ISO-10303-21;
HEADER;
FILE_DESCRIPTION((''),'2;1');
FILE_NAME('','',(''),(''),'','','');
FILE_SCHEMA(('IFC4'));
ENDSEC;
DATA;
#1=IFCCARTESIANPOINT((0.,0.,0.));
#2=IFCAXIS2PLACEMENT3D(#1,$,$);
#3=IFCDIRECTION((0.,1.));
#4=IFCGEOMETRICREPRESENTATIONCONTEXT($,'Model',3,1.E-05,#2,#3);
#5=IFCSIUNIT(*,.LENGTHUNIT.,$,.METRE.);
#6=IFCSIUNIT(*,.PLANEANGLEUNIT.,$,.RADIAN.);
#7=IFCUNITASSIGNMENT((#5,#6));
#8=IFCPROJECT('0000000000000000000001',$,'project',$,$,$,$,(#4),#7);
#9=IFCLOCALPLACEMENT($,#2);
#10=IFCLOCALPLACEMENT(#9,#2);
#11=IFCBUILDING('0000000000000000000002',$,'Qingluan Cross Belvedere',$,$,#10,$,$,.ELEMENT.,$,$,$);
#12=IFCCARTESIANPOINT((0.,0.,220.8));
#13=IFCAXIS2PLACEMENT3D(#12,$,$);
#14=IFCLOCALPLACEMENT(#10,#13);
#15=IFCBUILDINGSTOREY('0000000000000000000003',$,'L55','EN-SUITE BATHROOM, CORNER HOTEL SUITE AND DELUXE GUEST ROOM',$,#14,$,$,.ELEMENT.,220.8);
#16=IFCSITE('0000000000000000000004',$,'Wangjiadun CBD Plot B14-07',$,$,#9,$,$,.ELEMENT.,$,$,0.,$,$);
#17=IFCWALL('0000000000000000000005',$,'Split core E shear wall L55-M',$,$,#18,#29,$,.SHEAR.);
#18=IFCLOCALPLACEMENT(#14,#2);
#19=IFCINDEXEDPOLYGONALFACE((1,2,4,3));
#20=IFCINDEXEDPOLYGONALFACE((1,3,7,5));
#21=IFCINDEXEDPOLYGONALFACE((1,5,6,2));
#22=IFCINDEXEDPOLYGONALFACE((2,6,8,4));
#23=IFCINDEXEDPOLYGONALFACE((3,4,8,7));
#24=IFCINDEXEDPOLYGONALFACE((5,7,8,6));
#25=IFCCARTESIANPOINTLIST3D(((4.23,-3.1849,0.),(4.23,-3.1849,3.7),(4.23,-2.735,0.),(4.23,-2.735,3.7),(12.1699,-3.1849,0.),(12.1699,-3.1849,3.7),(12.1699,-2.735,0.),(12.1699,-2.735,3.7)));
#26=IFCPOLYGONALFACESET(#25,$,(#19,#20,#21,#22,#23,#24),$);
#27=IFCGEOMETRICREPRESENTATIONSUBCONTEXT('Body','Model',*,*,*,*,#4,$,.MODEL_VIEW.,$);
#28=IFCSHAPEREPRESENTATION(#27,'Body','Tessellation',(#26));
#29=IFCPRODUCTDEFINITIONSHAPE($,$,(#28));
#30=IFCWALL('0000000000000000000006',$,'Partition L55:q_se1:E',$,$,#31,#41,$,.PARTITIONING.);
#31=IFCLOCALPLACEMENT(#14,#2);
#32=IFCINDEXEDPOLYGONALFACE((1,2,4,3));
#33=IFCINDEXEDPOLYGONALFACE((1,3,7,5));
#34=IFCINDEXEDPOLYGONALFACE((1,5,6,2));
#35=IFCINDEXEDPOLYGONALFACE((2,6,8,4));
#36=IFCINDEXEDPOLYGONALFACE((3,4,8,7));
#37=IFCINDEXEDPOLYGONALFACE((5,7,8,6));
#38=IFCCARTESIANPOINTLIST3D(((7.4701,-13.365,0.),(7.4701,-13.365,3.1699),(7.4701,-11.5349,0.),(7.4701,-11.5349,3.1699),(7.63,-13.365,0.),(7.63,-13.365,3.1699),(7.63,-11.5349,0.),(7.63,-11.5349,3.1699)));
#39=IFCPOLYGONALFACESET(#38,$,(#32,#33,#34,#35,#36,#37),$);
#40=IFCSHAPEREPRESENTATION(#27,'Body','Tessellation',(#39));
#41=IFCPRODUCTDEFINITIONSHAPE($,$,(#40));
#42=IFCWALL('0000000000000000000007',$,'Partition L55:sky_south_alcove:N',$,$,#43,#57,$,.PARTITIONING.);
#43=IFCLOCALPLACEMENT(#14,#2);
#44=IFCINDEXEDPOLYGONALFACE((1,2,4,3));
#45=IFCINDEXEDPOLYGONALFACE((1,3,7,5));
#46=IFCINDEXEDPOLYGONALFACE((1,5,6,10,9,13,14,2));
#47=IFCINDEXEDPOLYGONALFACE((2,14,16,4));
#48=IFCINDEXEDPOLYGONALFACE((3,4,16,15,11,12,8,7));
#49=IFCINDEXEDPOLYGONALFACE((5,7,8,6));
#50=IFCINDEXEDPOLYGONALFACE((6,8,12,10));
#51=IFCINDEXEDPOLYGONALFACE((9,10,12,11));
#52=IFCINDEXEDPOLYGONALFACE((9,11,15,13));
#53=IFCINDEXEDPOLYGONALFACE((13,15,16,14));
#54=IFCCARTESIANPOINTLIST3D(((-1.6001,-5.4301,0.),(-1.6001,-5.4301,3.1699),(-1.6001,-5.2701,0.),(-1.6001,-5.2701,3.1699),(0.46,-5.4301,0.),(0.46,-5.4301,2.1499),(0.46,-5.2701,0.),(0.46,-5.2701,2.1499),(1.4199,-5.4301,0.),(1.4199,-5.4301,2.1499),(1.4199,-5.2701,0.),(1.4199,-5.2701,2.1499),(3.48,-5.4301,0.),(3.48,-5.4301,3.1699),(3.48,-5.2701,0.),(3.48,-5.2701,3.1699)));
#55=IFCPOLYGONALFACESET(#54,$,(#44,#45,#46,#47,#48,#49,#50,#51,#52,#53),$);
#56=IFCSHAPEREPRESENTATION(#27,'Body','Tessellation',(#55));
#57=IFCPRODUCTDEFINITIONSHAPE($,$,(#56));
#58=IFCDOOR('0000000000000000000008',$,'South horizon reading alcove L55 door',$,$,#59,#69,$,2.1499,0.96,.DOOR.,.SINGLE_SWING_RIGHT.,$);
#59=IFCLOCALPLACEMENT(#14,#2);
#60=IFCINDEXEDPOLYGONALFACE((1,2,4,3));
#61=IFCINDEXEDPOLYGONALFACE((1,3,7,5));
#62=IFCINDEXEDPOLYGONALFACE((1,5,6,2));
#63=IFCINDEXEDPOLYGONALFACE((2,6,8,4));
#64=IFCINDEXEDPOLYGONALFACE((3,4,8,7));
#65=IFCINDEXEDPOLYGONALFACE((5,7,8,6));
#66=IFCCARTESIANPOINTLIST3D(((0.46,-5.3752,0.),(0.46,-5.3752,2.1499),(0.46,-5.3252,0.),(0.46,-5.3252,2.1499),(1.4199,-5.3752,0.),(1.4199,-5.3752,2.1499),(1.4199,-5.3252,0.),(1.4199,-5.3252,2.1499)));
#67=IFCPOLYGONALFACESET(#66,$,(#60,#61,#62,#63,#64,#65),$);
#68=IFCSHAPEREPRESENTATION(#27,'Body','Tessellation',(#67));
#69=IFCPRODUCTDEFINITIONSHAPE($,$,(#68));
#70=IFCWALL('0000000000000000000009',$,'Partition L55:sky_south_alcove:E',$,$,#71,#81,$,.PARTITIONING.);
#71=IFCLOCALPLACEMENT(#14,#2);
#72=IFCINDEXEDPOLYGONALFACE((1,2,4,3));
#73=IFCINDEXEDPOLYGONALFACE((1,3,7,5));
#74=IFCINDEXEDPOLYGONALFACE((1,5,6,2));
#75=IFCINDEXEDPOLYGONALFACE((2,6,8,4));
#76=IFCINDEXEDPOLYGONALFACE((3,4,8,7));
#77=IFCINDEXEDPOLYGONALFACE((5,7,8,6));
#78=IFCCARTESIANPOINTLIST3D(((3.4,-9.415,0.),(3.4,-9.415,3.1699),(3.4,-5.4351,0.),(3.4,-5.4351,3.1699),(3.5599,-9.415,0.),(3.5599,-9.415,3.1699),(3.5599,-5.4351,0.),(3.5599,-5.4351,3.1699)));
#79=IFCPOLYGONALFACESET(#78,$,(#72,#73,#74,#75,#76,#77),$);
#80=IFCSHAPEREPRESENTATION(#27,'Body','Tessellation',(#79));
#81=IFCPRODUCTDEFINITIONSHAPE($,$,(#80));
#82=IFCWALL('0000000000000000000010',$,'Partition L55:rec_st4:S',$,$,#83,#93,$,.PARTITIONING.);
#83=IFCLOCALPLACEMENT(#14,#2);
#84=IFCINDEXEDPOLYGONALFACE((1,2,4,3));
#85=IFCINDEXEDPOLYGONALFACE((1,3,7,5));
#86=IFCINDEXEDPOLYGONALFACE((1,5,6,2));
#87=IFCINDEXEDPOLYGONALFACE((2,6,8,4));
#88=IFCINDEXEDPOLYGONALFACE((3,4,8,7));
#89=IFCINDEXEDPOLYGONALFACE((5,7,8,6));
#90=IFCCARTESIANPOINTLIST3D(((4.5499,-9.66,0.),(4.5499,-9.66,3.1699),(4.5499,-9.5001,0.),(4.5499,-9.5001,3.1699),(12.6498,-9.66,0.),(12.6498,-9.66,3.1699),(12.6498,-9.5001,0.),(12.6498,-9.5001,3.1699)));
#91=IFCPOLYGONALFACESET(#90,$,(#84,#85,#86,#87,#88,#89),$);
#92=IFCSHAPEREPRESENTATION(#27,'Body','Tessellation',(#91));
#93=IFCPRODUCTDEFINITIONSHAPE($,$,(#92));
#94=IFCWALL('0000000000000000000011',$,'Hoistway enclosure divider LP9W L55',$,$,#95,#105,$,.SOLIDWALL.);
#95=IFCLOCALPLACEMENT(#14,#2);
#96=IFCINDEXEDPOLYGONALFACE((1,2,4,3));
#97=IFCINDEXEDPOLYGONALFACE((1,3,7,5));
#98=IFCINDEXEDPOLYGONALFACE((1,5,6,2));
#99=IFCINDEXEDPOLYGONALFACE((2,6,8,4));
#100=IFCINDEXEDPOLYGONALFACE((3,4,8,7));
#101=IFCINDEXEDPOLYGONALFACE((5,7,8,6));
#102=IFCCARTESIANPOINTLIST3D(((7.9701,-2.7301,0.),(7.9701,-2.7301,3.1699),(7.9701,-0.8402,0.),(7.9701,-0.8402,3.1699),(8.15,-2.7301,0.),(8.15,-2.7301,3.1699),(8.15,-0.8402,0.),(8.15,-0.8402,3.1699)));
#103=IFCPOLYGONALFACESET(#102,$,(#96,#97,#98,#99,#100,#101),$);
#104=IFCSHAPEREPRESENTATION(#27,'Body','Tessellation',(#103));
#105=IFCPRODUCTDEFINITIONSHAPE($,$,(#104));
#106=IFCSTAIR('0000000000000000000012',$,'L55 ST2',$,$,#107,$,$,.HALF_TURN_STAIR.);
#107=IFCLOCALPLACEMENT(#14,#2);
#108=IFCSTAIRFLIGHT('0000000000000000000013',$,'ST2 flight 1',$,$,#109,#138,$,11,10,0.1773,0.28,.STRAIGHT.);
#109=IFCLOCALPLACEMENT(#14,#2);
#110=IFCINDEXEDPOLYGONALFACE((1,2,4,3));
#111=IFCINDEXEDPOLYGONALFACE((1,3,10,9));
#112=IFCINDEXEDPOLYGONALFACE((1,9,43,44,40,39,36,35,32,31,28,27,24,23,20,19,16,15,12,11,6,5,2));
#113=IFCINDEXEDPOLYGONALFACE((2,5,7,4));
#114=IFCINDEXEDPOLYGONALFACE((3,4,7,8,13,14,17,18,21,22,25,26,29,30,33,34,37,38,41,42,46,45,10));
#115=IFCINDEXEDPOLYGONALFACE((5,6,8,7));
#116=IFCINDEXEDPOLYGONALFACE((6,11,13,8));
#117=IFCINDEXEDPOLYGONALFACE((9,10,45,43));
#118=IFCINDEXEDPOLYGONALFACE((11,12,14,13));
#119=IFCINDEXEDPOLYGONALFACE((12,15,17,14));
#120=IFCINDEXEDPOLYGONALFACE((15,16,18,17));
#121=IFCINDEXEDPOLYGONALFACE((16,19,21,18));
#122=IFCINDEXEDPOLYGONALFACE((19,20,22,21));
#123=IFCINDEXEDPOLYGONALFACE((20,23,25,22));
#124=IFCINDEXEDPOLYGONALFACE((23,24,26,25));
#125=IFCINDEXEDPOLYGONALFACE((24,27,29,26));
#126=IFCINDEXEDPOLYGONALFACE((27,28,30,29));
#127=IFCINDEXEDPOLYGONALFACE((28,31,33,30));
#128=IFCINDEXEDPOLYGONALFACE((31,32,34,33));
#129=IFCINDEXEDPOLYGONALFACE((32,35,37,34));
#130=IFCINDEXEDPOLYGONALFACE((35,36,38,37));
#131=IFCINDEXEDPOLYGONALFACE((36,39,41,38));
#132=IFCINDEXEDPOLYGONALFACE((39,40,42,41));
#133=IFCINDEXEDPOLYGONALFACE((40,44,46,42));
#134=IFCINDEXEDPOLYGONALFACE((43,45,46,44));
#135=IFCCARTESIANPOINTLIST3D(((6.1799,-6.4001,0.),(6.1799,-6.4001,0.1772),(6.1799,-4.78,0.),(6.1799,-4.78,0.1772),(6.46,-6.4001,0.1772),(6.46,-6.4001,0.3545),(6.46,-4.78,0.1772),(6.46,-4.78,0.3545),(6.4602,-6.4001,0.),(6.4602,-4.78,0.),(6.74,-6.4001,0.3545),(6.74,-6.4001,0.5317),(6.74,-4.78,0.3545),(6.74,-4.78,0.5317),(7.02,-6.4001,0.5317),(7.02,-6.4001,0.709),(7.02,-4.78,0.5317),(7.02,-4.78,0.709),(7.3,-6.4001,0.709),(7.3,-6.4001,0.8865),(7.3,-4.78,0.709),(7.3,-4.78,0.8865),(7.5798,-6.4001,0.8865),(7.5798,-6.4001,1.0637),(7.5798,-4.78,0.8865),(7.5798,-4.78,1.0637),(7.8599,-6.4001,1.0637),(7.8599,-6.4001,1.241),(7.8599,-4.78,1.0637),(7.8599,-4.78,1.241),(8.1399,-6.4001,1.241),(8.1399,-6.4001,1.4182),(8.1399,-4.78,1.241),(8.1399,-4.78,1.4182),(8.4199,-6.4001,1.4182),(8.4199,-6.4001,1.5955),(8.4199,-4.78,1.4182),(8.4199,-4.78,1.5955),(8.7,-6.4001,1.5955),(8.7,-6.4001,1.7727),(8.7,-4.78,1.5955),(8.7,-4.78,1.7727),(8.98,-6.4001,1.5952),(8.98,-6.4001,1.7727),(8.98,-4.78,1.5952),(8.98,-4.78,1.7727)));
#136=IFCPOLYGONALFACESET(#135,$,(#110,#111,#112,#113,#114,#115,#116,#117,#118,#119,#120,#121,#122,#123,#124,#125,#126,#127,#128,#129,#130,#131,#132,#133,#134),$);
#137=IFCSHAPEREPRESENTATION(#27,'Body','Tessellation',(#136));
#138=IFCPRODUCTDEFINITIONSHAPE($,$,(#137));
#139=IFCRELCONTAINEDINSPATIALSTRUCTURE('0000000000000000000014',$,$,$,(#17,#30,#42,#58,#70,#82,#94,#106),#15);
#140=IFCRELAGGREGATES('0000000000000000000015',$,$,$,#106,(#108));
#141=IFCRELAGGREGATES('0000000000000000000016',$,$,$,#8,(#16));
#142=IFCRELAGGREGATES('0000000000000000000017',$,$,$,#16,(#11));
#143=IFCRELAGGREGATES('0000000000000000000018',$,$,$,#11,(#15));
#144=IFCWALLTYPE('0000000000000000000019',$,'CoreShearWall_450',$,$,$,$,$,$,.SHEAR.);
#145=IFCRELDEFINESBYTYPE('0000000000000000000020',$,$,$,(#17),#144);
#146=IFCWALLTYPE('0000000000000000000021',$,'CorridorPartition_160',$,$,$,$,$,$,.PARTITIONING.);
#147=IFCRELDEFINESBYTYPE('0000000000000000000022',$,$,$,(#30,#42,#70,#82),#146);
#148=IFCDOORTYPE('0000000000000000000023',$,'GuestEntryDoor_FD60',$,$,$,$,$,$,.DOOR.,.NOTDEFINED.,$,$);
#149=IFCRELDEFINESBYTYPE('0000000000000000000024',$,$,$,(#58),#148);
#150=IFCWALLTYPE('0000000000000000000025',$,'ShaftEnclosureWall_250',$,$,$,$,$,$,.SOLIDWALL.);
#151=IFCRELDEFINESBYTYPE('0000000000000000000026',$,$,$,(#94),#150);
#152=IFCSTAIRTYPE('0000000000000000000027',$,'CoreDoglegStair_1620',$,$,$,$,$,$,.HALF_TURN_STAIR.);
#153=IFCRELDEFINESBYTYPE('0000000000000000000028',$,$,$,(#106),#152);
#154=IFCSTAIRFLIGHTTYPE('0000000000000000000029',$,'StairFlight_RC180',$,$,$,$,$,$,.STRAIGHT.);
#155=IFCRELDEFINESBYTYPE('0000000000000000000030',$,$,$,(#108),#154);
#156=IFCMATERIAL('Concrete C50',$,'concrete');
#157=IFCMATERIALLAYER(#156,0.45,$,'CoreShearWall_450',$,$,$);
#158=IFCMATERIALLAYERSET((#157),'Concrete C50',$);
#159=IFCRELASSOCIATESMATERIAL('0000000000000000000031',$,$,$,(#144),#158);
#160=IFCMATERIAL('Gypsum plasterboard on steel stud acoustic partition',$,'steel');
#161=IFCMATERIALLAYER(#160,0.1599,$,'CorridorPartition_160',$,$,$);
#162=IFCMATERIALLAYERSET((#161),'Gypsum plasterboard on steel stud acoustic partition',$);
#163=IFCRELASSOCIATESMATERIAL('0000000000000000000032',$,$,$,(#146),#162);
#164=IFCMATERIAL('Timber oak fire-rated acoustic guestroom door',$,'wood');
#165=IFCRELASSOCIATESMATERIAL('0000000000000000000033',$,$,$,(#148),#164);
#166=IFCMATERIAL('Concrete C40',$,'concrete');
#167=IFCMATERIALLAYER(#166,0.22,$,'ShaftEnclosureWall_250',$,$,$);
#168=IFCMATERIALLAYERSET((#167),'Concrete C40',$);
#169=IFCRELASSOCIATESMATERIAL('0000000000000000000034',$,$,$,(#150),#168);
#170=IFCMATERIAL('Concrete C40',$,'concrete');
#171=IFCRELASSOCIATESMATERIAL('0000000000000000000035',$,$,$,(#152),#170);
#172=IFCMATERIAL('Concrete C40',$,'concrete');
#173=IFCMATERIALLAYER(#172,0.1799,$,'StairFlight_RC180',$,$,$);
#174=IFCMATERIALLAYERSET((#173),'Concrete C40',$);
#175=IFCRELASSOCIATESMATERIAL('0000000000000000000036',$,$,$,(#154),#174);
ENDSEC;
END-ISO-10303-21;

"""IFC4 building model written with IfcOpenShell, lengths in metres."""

from ifc_helpers import new_model, si_unit, direction, frame, frame_2d, origin, place, context, subcontext, project, spatial, polyline, rectangle, outline, extrude, material, layer, layer_set, type_object, element, fill, aggregate, save


model = new_model("IFC4")

# Units and contexts
model_context = context("Model", 3, precision=1e-05, world=origin(), true_north=direction((0.0, 1.0)))
body_context = subcontext(model_context, "Body", "Model", "MODEL_VIEW")
ifc_project = project(units=[si_unit("LENGTHUNIT", "METRE"), si_unit("PLANEANGLEUNIT", "RADIAN")], contexts=[model_context])

# Site, building, storey
site_placement = place(None, origin())
site = spatial("IfcSite", under=ifc_project, at=site_placement, Name="Wangjiadun CBD Plot B14-07", CompositionType="ELEMENT", RefElevation=0.0)
building_placement = place(site_placement, origin())
building = spatial("IfcBuilding", under=site, at=building_placement, Name="Qingluan Cross Belvedere", CompositionType="ELEMENT")
storey_placement = place(building_placement, frame((0.0, 0.0, 220.8)))
storey = spatial("IfcBuildingStorey", under=building, at=storey_placement, Name="L55", Description="EN-SUITE BATHROOM, CORNER HOTEL SUITE AND DELUXE GUEST ROOM", CompositionType="ELEMENT", Elevation=220.8)

# Shared definitions
ifc_material_1 = material(Name="Concrete C50", Category="concrete")
ifc_layer_1 = layer(ifc_material_1, 0.45, Name="CoreShearWall_450")
ifc_layer_set_1 = layer_set([ifc_layer_1], Name="Concrete C50")
wall_type_1 = type_object("IfcWallType", Name="CoreShearWall_450", PredefinedType="SHEAR", material=ifc_layer_set_1)

# Wall
wall_1_placement = place(storey_placement, frame((4.23, -2.96, 0.0), z_axis=(0.0, 0.0, 1.0), x_axis=(1.0, 0.0, 0.0)))
element("IfcWall", 1, at=wall_1_placement, inside=storey, type_object=wall_type_1, Name="Split core E shear wall L55-M", PredefinedType="SHEAR", context=body_context, shape_type="SweptSolid", body=[
    extrude(rectangle(XDim=7.9399, YDim=0.45, at=frame_2d((3.97, 0.0))), origin(), (0.0, 0.0, 1.0), 3.7),
])

# Shared definitions
ifc_material_2 = material(Name="Gypsum plasterboard on steel stud acoustic partition", Category="steel")
ifc_layer_2 = layer(ifc_material_2, 0.1599, Name="CorridorPartition_160")
ifc_layer_set_2 = layer_set([ifc_layer_2], Name="Gypsum plasterboard on steel stud acoustic partition")
wall_type_2 = type_object("IfcWallType", Name="CorridorPartition_160", PredefinedType="PARTITIONING", material=ifc_layer_set_2)
ifc_material_3 = material(Name="Timber oak fire-rated acoustic guestroom door", Category="wood")
door_type_1 = type_object("IfcDoorType", Name="GuestEntryDoor_FD60", OperationType="NOTDEFINED", PredefinedType="DOOR", material=ifc_material_3)

# Wall
wall_2_placement = place(storey_placement, frame((7.55, -13.365, 0.0), z_axis=(0.0, 0.0, 1.0), x_axis=(0.0, 1.0, 0.0)))
element("IfcWall", 2, at=wall_2_placement, inside=storey, type_object=wall_type_2, Name="Partition L55:q_se1:E", PredefinedType="PARTITIONING", context=body_context, shape_type="SweptSolid", body=[
    extrude(rectangle(XDim=1.8301, YDim=0.1599, at=frame_2d((0.915, 0.0))), origin(), (0.0, 0.0, 1.0), 3.1699),
])

# Wall, opening, door
wall_3_placement = place(storey_placement, frame((-1.6001, -5.3501, 0.0), z_axis=(0.0, 0.0, 1.0), x_axis=(1.0, 0.0, 0.0)))
wall_3 = element("IfcWall", 3, at=wall_3_placement, inside=storey, type_object=wall_type_2, Name="Partition L55:sky_south_alcove:N", PredefinedType="PARTITIONING", context=body_context, shape_type="SweptSolid", body=[
    extrude(rectangle(XDim=5.0801, YDim=0.1599, at=frame_2d((2.54, 0.0))), origin(), (0.0, 0.0, 1.0), 3.1699),
])
opening_1_placement = place(wall_3_placement, frame((2.0601, 0.0, 0.0)))
opening_1 = element("IfcOpeningElement", 4, at=opening_1_placement, cuts=wall_3, PredefinedType="OPENING", context=body_context, shape_type="SweptSolid", body=[
    extrude(rectangle(XDim=0.96, YDim=2.1499, at=frame_2d((0.48, 1.075))), frame((0.0, 0.0898, 0.0), z_axis=(0.0, -1.0, 0.0), x_axis=(1.0, 0.0, 0.0)), (0.0, 0.0, 1.0), 0.1799),
])
door_1_placement = place(opening_1_placement, origin())
door_1 = element("IfcDoor", 5, at=door_1_placement, inside=storey, type_object=door_type_1, Name="South horizon reading alcove L55 door", OperationType="SINGLE_SWING_RIGHT", OverallHeight=2.1499, OverallWidth=0.96, PredefinedType="DOOR", context=body_context, shape_type="SweptSolid", body=[
    extrude(rectangle(XDim=0.96, YDim=2.1499, at=frame_2d((0.48, 1.075))), frame((0.0, 0.0249, 0.0), z_axis=(0.0, -1.0, 0.0), x_axis=(1.0, 0.0, 0.0)), (0.0, 0.0, 1.0), 0.05),
])
fill(opening_1, door_1)

# Walls
wall_4_placement = place(storey_placement, frame((3.48, -9.415, 0.0), z_axis=(0.0, 0.0, 1.0), x_axis=(0.0, 1.0, 0.0)))
element("IfcWall", 6, at=wall_4_placement, inside=storey, type_object=wall_type_2, Name="Partition L55:sky_south_alcove:E", PredefinedType="PARTITIONING", context=body_context, shape_type="SweptSolid", body=[
    extrude(rectangle(XDim=3.98, YDim=0.1599, at=frame_2d((1.99, 0.0))), origin(), (0.0, 0.0, 1.0), 3.1699),
])
wall_5_placement = place(storey_placement, frame((4.55, -9.5801, 0.0), z_axis=(0.0, 0.0, 1.0), x_axis=(1.0, 0.0, 0.0)))
element("IfcWall", 7, at=wall_5_placement, inside=storey, type_object=wall_type_2, Name="Partition L55:rec_st4:S", PredefinedType="PARTITIONING", context=body_context, shape_type="SweptSolid", body=[
    extrude(rectangle(XDim=8.0999, YDim=0.1599, at=frame_2d((4.0498, 0.0))), origin(), (0.0, 0.0, 1.0), 3.1699),
])

# Wall
ifc_material_4 = material(Name="Concrete C40", Category="concrete")
ifc_layer_3 = layer(ifc_material_4, 0.22, Name="ShaftEnclosureWall_250")
ifc_layer_set_3 = layer_set([ifc_layer_3], Name="Concrete C40")
wall_type_3 = type_object("IfcWallType", Name="ShaftEnclosureWall_250", PredefinedType="SOLIDWALL", material=ifc_layer_set_3)
wall_6_placement = place(storey_placement, frame((8.0601, -2.73, 0.0), z_axis=(0.0, 0.0, 1.0), x_axis=(0.0, 1.0, 0.0)))
element("IfcWall", 8, at=wall_6_placement, inside=storey, type_object=wall_type_3, Name="Hoistway enclosure divider LP9W L55", PredefinedType="SOLIDWALL", context=body_context, shape_type="SweptSolid", body=[
    extrude(rectangle(XDim=1.8899, YDim=0.1799, at=frame_2d((0.9448, 0.0))), origin(), (0.0, 0.0, 1.0), 3.1699),
])

# Stair, stair flight
ifc_material_5 = material(Name="Concrete C40", Category="concrete")
stair_type = type_object("IfcStairType", Name="CoreDoglegStair_1620", PredefinedType="HALF_TURN_STAIR", material=ifc_material_5)
stair_placement = place(storey_placement, origin())
stair = element("IfcStair", 9, at=stair_placement, inside=storey, type_object=stair_type, Name="L55 ST2", PredefinedType="HALF_TURN_STAIR")
ifc_material_6 = material(Name="Concrete C40", Category="concrete")
ifc_layer_4 = layer(ifc_material_6, 0.1799, Name="StairFlight_RC180")
ifc_layer_set_4 = layer_set([ifc_layer_4], Name="Concrete C40")
stair_flight_type = type_object("IfcStairFlightType", Name="StairFlight_RC180", PredefinedType="STRAIGHT", material=ifc_layer_set_4)
stair_flight_placement = place(storey_placement, frame((6.1799, -5.5901, 0.0), z_axis=(0.0, 0.0, 1.0), x_axis=(1.0, 0.0, 0.0)))
stair_flight = element("IfcStairFlight", 10, at=stair_flight_placement, type_object=stair_flight_type, Name="ST2 flight 1", NumberOfRisers=11, NumberOfTreads=10, PredefinedType="STRAIGHT", RiserHeight=0.1773, TreadLength=0.28, context=body_context, shape_type="SweptSolid", body=[
    extrude(outline(polyline([(0.0, 0.0), (0.0, 0.1772), (0.28, 0.1772), (0.28, 0.3545), (0.5601, 0.3545), (0.5601, 0.5317), (0.8401, 0.5317), (0.8401, 0.709), (1.1201, 0.709), (1.1201, 0.8865), (1.3999, 0.8865), (1.3999, 1.0637), (1.6799, 1.0637), (1.6799, 1.241), (1.96, 1.241), (1.96, 1.4182), (2.24, 1.4182), (2.24, 1.5955), (2.52, 1.5955), (2.52, 1.7727), (2.8, 1.7727), (2.8, 1.95), (2.8, 1.5952), (0.2803, 0.0), (0.0, 0.0)])), frame((0.0, 0.8101, 0.0), z_axis=(0.0, -1.0, 0.0), x_axis=(1.0, 0.0, 0.0)), (0.0, 0.0, 1.0), 1.6201),
])
aggregate(stair, [stair_flight])

save(model, "model.ifc")
